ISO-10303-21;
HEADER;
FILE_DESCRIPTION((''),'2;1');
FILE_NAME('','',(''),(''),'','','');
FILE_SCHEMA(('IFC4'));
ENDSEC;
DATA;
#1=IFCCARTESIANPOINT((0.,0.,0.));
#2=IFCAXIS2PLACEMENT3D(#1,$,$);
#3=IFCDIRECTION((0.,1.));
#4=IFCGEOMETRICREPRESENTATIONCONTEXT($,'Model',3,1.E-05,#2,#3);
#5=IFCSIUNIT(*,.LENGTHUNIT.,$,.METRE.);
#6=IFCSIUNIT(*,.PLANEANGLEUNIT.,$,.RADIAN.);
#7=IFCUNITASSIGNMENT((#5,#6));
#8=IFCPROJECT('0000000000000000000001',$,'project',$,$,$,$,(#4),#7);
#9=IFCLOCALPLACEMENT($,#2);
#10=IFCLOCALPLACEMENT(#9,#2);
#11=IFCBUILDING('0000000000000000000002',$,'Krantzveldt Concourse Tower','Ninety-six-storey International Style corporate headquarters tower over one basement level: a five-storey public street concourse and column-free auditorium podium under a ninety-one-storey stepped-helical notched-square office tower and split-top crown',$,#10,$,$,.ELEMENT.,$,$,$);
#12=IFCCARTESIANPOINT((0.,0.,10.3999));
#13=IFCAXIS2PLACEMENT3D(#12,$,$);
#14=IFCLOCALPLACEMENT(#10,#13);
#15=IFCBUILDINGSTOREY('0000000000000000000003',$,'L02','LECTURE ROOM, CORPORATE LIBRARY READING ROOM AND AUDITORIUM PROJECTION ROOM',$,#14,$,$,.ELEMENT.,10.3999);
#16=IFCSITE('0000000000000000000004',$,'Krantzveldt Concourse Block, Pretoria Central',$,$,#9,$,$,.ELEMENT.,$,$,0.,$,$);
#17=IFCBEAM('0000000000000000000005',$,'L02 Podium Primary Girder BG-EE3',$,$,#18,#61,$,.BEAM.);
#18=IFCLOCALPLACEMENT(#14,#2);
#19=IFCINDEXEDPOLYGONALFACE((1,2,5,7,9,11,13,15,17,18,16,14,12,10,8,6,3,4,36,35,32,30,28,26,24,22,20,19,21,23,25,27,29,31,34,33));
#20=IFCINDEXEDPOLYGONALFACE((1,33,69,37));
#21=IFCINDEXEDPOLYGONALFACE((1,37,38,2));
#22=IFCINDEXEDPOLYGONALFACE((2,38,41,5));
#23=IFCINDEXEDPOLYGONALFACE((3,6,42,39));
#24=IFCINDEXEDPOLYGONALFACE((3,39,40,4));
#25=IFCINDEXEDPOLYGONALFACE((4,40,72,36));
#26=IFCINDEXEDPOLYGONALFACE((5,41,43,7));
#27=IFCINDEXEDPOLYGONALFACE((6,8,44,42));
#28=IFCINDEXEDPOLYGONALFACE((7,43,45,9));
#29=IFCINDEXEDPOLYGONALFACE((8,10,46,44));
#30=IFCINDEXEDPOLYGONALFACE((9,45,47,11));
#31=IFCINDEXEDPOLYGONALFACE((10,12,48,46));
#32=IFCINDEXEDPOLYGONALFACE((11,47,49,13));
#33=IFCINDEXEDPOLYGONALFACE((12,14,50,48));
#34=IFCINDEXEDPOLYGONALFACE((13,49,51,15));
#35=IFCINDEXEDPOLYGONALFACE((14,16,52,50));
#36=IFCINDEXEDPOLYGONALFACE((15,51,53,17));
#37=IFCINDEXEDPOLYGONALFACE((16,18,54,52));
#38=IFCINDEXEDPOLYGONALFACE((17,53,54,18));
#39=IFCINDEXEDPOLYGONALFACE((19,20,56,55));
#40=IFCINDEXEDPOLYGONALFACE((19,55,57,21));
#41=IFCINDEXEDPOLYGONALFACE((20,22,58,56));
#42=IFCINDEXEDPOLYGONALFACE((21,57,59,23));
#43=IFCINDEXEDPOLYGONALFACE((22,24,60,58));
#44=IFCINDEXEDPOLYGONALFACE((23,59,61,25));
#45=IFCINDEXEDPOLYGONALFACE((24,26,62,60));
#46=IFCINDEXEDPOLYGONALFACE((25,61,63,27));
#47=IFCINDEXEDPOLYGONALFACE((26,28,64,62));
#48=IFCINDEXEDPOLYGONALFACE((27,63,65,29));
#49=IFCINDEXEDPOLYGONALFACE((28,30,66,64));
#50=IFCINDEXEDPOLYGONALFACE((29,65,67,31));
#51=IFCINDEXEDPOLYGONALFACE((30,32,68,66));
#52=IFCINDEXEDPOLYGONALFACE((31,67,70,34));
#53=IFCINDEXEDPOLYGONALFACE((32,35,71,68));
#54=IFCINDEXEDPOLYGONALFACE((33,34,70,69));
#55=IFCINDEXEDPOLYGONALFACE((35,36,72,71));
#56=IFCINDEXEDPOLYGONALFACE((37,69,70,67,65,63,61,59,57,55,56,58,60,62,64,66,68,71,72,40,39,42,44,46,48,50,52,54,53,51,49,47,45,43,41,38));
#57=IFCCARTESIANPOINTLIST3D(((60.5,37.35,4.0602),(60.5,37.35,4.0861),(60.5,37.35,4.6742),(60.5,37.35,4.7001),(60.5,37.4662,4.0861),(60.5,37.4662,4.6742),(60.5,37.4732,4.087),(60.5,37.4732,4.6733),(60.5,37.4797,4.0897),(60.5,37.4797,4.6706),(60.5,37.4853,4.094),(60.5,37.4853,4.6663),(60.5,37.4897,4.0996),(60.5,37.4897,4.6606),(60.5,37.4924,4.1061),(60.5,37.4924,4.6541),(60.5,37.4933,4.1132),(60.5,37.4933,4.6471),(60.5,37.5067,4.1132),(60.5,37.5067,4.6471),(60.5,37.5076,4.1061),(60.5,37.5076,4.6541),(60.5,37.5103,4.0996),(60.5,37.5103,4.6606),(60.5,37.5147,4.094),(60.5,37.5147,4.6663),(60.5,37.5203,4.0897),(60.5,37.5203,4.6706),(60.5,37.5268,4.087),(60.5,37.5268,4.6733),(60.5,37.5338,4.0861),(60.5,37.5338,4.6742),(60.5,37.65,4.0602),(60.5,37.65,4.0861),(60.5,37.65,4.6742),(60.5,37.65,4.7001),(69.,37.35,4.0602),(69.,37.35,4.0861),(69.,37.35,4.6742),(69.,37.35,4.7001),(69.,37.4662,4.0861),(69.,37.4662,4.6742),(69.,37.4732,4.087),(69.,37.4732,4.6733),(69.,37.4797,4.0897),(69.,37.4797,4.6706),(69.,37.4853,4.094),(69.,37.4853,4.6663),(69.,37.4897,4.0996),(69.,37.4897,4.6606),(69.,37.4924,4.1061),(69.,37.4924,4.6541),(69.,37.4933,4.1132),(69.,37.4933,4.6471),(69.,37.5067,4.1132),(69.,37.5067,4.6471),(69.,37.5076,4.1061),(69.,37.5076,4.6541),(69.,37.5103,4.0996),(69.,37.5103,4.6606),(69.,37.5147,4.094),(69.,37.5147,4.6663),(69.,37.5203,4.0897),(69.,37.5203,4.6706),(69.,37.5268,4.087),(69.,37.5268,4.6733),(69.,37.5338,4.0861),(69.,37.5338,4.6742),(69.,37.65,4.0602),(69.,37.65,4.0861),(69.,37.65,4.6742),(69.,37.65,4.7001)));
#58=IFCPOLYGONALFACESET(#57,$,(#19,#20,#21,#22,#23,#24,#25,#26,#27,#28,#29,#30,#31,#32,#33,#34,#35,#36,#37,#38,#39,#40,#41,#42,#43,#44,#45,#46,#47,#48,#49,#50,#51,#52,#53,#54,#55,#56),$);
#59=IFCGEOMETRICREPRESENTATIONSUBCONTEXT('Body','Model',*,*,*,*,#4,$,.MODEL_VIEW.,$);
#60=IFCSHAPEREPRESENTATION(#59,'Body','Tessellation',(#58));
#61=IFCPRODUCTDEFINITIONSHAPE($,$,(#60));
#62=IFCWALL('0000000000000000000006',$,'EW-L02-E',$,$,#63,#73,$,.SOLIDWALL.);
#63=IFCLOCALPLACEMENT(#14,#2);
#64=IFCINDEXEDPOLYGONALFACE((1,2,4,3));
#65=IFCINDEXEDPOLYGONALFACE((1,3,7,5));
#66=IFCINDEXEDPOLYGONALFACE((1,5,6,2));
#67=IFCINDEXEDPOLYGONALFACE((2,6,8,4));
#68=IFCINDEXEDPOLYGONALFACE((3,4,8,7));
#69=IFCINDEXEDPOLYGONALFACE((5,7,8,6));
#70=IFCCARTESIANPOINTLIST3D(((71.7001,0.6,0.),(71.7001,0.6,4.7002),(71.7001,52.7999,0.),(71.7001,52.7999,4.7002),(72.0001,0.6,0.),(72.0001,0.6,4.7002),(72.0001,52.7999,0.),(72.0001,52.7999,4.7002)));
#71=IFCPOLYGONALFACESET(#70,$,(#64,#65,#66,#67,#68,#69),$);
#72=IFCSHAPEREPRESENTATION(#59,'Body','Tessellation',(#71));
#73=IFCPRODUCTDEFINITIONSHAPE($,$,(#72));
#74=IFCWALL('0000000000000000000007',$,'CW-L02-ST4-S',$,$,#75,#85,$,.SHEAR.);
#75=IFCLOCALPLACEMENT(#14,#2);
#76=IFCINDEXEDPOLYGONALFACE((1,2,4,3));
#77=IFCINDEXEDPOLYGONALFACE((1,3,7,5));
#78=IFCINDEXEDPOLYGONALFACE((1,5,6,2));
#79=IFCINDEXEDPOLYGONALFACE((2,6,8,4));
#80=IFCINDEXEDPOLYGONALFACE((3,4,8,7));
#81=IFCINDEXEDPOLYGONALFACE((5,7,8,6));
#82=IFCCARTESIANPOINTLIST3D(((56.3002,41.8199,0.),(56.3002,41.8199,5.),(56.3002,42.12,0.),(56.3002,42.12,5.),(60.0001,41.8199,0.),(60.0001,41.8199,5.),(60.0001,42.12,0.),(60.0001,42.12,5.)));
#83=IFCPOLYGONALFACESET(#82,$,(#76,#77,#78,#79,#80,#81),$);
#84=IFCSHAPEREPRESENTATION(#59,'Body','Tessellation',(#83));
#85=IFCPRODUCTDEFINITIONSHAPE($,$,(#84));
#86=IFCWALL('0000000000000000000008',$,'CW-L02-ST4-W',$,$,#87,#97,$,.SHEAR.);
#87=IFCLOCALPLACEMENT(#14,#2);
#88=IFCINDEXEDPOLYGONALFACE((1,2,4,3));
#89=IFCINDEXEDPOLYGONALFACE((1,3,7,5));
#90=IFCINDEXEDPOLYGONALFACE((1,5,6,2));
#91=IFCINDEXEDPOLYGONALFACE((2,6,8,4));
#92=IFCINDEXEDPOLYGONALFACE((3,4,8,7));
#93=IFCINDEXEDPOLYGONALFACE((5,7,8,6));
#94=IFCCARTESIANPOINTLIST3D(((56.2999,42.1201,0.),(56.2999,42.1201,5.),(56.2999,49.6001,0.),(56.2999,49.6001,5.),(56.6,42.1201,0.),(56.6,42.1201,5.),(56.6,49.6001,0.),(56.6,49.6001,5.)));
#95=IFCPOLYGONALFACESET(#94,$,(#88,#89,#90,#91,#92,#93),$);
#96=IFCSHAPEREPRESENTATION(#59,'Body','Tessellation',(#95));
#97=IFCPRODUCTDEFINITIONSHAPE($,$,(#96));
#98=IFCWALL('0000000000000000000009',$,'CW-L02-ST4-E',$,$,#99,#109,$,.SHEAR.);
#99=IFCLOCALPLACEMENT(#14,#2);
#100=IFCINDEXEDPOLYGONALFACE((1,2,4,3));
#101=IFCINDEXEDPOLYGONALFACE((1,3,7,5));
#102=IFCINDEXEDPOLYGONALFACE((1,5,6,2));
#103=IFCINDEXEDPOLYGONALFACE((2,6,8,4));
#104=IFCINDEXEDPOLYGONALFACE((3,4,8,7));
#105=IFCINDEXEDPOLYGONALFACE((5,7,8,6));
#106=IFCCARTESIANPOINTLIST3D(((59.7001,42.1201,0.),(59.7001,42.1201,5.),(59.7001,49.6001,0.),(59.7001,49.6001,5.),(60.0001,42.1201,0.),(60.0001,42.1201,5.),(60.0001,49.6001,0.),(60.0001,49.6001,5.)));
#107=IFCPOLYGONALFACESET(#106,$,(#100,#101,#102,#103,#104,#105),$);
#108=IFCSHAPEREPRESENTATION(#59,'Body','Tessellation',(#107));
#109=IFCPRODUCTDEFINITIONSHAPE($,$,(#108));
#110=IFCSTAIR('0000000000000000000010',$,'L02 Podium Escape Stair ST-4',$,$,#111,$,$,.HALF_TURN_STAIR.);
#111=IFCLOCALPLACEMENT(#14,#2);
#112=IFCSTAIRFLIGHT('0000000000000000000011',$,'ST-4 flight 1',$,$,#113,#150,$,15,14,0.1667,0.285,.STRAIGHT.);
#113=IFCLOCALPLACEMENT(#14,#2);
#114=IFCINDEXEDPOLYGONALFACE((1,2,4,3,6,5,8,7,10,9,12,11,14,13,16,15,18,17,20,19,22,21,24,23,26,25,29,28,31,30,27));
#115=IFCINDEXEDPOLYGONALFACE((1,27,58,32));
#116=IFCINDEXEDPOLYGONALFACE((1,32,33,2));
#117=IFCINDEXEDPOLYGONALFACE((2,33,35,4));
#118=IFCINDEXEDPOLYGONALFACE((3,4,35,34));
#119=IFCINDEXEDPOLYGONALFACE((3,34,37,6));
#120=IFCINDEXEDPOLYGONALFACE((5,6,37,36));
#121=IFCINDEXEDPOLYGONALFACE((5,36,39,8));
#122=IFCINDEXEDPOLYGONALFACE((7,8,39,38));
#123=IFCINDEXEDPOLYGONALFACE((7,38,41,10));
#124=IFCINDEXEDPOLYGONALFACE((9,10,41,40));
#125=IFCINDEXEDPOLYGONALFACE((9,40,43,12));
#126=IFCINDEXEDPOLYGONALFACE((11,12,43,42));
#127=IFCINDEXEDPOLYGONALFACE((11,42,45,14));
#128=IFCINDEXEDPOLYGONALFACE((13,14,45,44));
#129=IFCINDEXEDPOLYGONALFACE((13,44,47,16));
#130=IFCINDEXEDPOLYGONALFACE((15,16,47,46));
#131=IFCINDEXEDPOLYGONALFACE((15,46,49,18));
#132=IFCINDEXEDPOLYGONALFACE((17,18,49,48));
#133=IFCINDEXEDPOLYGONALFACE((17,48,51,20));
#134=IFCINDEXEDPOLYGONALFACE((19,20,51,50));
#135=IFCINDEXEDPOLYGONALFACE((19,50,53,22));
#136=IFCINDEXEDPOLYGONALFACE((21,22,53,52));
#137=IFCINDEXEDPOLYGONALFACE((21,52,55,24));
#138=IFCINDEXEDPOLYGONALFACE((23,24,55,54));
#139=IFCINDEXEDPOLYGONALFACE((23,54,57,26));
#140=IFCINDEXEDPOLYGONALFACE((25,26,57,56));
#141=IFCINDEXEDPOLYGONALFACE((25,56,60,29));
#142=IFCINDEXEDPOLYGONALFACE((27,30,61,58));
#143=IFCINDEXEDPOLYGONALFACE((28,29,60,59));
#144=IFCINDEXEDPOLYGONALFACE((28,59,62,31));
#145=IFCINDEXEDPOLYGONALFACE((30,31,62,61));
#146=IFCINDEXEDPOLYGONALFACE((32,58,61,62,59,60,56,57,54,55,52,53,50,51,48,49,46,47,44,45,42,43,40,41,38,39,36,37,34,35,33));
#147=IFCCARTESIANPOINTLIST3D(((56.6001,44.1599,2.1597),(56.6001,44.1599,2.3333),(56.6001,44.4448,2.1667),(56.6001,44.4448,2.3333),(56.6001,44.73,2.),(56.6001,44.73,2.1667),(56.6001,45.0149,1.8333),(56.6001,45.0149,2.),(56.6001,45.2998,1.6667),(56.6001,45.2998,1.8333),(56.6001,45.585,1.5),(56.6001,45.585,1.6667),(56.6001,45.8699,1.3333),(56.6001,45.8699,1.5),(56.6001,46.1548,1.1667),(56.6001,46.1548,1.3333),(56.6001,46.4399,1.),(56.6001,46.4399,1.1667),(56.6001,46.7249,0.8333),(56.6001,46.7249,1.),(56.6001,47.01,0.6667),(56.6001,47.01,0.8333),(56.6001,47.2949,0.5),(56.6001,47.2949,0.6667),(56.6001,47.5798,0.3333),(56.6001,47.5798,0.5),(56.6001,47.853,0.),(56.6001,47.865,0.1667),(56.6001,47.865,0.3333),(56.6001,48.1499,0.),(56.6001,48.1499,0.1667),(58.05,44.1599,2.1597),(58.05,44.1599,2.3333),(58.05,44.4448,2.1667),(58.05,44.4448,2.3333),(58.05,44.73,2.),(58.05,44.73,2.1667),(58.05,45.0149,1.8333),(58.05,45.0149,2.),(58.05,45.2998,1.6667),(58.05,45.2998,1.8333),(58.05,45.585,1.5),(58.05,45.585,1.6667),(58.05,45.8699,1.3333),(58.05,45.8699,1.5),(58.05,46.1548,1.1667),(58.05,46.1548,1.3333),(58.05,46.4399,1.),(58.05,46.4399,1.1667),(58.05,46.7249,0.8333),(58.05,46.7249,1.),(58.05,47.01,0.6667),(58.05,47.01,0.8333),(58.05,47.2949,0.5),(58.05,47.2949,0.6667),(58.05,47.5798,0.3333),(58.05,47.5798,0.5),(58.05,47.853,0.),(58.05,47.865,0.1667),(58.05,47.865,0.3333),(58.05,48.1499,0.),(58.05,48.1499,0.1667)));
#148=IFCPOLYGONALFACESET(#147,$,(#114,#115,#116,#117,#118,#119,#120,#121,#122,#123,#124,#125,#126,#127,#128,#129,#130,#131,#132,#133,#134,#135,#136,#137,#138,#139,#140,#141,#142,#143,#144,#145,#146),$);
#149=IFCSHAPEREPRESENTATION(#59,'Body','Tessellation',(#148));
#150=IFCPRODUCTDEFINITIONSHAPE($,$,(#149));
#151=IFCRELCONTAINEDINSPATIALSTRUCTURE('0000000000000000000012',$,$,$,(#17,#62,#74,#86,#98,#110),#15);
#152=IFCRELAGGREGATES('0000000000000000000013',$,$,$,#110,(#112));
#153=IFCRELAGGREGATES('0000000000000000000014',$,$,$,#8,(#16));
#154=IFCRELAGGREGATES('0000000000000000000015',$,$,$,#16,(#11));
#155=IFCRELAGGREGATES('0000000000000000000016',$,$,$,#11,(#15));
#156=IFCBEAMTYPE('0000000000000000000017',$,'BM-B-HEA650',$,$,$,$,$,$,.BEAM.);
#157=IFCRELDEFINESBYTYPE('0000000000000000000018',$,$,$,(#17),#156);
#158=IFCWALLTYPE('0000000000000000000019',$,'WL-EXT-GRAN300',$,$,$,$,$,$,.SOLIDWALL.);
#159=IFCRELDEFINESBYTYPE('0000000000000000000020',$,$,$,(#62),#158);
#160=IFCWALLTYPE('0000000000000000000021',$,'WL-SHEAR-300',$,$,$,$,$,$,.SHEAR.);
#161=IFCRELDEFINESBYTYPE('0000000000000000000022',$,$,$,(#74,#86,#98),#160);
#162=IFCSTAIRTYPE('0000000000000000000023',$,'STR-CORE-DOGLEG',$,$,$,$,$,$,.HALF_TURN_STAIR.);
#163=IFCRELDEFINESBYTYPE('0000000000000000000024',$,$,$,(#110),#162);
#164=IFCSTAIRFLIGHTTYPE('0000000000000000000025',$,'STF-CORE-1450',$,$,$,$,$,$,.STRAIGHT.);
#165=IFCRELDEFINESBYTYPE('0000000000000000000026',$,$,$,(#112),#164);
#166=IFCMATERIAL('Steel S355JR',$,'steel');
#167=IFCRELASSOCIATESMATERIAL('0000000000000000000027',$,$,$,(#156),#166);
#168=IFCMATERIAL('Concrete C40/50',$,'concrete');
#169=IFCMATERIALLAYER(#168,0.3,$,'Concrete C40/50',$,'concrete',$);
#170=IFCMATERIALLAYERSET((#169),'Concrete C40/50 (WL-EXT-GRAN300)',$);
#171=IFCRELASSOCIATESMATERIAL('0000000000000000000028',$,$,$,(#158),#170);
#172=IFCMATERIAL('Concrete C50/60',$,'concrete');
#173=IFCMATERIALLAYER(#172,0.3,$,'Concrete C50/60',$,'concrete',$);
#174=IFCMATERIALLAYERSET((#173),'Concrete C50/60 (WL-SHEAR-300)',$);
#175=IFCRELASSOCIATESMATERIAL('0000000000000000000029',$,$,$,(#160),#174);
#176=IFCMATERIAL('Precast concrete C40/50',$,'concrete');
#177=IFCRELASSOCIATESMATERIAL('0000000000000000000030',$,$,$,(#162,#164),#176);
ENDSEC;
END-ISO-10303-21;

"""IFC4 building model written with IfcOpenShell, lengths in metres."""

from ifc_helpers import new_model, si_unit, direction, frame, frame_2d, origin, origin_2d, place, context, subcontext, project, spatial, polyline, rectangle, i_section, outline, extrude, source, transform, mapped, material, layer, layer_set, material_profile, profile_set, type_object, type_shapes, element, aggregate, save


model = new_model("IFC4")

# Units and contexts
model_context = context("Model", 3, precision=1e-05, world=origin(), true_north=direction((0.0, 1.0)))
body_context = subcontext(model_context, "Body", "Model", "MODEL_VIEW")
ifc_project = project(units=[si_unit("LENGTHUNIT", "METRE"), si_unit("PLANEANGLEUNIT", "RADIAN")], contexts=[model_context])

# Site, building, storey
site_placement = place(None, origin())
site = spatial("IfcSite", under=ifc_project, at=site_placement, Name="Krantzveldt Concourse Block, Pretoria Central", CompositionType="ELEMENT", RefElevation=0.0)
building_placement = place(site_placement, origin())
building = spatial("IfcBuilding", under=site, at=building_placement, Name="Krantzveldt Concourse Tower", Description="Ninety-six-storey International Style corporate headquarters tower over one basement level: a five-storey public street concourse and column-free auditorium podium under a ninety-one-storey stepped-helical notched-square office tower and split-top crown", CompositionType="ELEMENT")
storey_placement = place(building_placement, frame((0.0, 0.0, 10.3999)))
storey = spatial("IfcBuildingStorey", under=building, at=storey_placement, Name="L02", Description="LECTURE ROOM, CORPORATE LIBRARY READING ROOM AND AUDITORIUM PROJECTION ROOM", CompositionType="ELEMENT", Elevation=10.3999)

# Shared definitions
ifc_material_1 = material(Name="Concrete C40/50", Category="concrete")
ifc_material_2 = material(Name="Concrete C50/60", Category="concrete")

# Beam
ifc_material_3 = material(Name="Steel S355JR", Category="steel")
ifc_material_profile_1 = material_profile(ifc_material_3, i_section(OverallWidth=0.3, OverallDepth=0.6399, WebThickness=0.0134, FlangeThickness=0.0259, FilletRadius=0.0271, at=origin_2d()), Name="Steel S355JR", Category="steel")
ifc_profile_set_1 = profile_set([ifc_material_profile_1], Name="Steel S355JR - HEA 650")
beam_type_1 = type_object("IfcBeamType", Name="BM-B-HEA650", PredefinedType="BEAM", material=ifc_profile_set_1)
shared_shape_1 = source(origin(), body_context, "Body", "SweptSolid", [
    extrude(i_section(OverallWidth=0.3, OverallDepth=0.6399, WebThickness=0.0134, FlangeThickness=0.0259, FilletRadius=0.0271, at=origin_2d()), origin(), (0.0, 0.0, 1.0), 8.5),
])
type_shapes(beam_type_1, [shared_shape_1])
for number, where, z_axis, x_axis, name in (
    (1, (60.5, 37.5, 4.3801), (1.0, 0.0, 0.0), (0.0, 1.0, 0.0), "L02 Podium Primary Girder BG-EE3"),
):
    element("IfcBeam", number, at=place(storey_placement, frame(where, z_axis=z_axis, x_axis=x_axis)), inside=storey, type_object=beam_type_1, Name=name, PredefinedType="BEAM", context=body_context, shape_type="MappedRepresentation", body=[
        mapped(shared_shape_1, transform((0.0, 0.0, 0.0), x_axis=(1.0, 0.0, 0.0), y_axis=(0.0, 1.0, 0.0), z_axis=(0.0, 0.0, 1.0), scale=1.0)),
    ])

# Walls
ifc_layer_1 = layer(ifc_material_1, 0.3, Name="Concrete C40/50", Category="concrete")
ifc_layer_set_1 = layer_set([ifc_layer_1], Name="Concrete C40/50 (WL-EXT-GRAN300)")
wall_type_1 = type_object("IfcWallType", Name="WL-EXT-GRAN300", PredefinedType="SOLIDWALL", material=ifc_layer_set_1)
wall_1_placement = place(storey_placement, frame((71.8501, 52.8, 0.0), z_axis=(0.0, 0.0, 1.0), x_axis=(0.0, -1.0, 0.0)))
element("IfcWall", 2, at=wall_1_placement, inside=storey, type_object=wall_type_1, Name="EW-L02-E", PredefinedType="SOLIDWALL", context=body_context, shape_type="SweptSolid", body=[
    extrude(rectangle(XDim=52.2, YDim=0.3, at=frame_2d((26.1001, 0.0))), origin(), (0.0, 0.0, 1.0), 4.7002),
])
ifc_layer_2 = layer(ifc_material_2, 0.3, Name="Concrete C50/60", Category="concrete")
ifc_layer_set_2 = layer_set([ifc_layer_2], Name="Concrete C50/60 (WL-SHEAR-300)")
wall_type_2 = type_object("IfcWallType", Name="WL-SHEAR-300", PredefinedType="SHEAR", material=ifc_layer_set_2)
wall_2_placement = place(storey_placement, frame((56.3, 41.97, 0.0), z_axis=(0.0, 0.0, 1.0), x_axis=(1.0, 0.0, 0.0)))
element("IfcWall", 3, at=wall_2_placement, inside=storey, type_object=wall_type_2, Name="CW-L02-ST4-S", PredefinedType="SHEAR", context=body_context, shape_type="SweptSolid", body=[
    extrude(rectangle(XDim=3.7, YDim=0.3, at=frame_2d((1.8501, 0.0))), origin(), (0.0, 0.0, 1.0), 5.0),
])

# Walls
for number, where, z_axis, x_axis, name in (
    (4, (56.45, 42.1201, 0.0), (0.0, 0.0, 1.0), (0.0, 1.0, 0.0), "CW-L02-ST4-W"),
    (5, (59.8501, 42.1201, 0.0), (0.0, 0.0, 1.0), (0.0, 1.0, 0.0), "CW-L02-ST4-E"),
):
    element("IfcWall", number, at=place(storey_placement, frame(where, z_axis=z_axis, x_axis=x_axis)), inside=storey, type_object=wall_type_2, Name=name, PredefinedType="SHEAR", context=body_context, shape_type="SweptSolid", body=[
        extrude(rectangle(XDim=7.48, YDim=0.3, at=frame_2d((3.74, 0.0))), origin(), (0.0, 0.0, 1.0), 5.0),
    ])

# Stair, stair flight
ifc_material_4 = material(Name="Precast concrete C40/50", Category="concrete")
stair_type = type_object("IfcStairType", Name="STR-CORE-DOGLEG", PredefinedType="HALF_TURN_STAIR", material=ifc_material_4)
stair_placement = place(storey_placement, origin())
stair = element("IfcStair", 6, at=stair_placement, inside=storey, type_object=stair_type, Name="L02 Podium Escape Stair ST-4", PredefinedType="HALF_TURN_STAIR")
stair_flight_type = type_object("IfcStairFlightType", Name="STF-CORE-1450", PredefinedType="STRAIGHT", material=ifc_material_4)
stair_flight_1_placement = place(storey_placement, frame((57.325, 48.1499, 0.0), z_axis=(0.0, 0.0, 1.0), x_axis=(0.0, -1.0, 0.0)))
stair_flight_1 = element("IfcStairFlight", 7, at=stair_flight_1_placement, type_object=stair_flight_type, Name="ST-4 flight 1", NumberOfRisers=15, NumberOfTreads=14, PredefinedType="STRAIGHT", RiserHeight=0.1667, TreadLength=0.285, context=body_context, shape_type="SweptSolid", body=[
    extrude(outline(polyline([(0.0, 0.0), (0.0, 0.1667), (0.2849, 0.1667), (0.2849, 0.3333), (0.5701, 0.3333), (0.5701, 0.5), (0.855, 0.5), (0.855, 0.6667), (1.1399, 0.6667), (1.1399, 0.8333), (1.425, 0.8333), (1.425, 1.0), (1.71, 1.0), (1.71, 1.1667), (1.9951, 1.1667), (1.9951, 1.3333), (2.28, 1.3333), (2.28, 1.5), (2.5649, 1.5), (2.5649, 1.6667), (2.8501, 1.6667), (2.8501, 1.8333), (3.135, 1.8333), (3.135, 2.0), (3.4199, 2.0), (3.4199, 2.1667), (3.7051, 2.1667), (3.7051, 2.3333), (3.99, 2.3333), (3.99, 2.5), (3.99, 2.1597), (0.2969, 0.0), (0.0, 0.0)])), frame((0.0, 0.7251, 0.0), z_axis=(0.0, -1.0, 0.0), x_axis=(1.0, 0.0, 0.0)), (0.0, 0.0, 1.0), 1.45),
])
aggregate(stair, [stair_flight_1])

save(model, "model.ifc")
